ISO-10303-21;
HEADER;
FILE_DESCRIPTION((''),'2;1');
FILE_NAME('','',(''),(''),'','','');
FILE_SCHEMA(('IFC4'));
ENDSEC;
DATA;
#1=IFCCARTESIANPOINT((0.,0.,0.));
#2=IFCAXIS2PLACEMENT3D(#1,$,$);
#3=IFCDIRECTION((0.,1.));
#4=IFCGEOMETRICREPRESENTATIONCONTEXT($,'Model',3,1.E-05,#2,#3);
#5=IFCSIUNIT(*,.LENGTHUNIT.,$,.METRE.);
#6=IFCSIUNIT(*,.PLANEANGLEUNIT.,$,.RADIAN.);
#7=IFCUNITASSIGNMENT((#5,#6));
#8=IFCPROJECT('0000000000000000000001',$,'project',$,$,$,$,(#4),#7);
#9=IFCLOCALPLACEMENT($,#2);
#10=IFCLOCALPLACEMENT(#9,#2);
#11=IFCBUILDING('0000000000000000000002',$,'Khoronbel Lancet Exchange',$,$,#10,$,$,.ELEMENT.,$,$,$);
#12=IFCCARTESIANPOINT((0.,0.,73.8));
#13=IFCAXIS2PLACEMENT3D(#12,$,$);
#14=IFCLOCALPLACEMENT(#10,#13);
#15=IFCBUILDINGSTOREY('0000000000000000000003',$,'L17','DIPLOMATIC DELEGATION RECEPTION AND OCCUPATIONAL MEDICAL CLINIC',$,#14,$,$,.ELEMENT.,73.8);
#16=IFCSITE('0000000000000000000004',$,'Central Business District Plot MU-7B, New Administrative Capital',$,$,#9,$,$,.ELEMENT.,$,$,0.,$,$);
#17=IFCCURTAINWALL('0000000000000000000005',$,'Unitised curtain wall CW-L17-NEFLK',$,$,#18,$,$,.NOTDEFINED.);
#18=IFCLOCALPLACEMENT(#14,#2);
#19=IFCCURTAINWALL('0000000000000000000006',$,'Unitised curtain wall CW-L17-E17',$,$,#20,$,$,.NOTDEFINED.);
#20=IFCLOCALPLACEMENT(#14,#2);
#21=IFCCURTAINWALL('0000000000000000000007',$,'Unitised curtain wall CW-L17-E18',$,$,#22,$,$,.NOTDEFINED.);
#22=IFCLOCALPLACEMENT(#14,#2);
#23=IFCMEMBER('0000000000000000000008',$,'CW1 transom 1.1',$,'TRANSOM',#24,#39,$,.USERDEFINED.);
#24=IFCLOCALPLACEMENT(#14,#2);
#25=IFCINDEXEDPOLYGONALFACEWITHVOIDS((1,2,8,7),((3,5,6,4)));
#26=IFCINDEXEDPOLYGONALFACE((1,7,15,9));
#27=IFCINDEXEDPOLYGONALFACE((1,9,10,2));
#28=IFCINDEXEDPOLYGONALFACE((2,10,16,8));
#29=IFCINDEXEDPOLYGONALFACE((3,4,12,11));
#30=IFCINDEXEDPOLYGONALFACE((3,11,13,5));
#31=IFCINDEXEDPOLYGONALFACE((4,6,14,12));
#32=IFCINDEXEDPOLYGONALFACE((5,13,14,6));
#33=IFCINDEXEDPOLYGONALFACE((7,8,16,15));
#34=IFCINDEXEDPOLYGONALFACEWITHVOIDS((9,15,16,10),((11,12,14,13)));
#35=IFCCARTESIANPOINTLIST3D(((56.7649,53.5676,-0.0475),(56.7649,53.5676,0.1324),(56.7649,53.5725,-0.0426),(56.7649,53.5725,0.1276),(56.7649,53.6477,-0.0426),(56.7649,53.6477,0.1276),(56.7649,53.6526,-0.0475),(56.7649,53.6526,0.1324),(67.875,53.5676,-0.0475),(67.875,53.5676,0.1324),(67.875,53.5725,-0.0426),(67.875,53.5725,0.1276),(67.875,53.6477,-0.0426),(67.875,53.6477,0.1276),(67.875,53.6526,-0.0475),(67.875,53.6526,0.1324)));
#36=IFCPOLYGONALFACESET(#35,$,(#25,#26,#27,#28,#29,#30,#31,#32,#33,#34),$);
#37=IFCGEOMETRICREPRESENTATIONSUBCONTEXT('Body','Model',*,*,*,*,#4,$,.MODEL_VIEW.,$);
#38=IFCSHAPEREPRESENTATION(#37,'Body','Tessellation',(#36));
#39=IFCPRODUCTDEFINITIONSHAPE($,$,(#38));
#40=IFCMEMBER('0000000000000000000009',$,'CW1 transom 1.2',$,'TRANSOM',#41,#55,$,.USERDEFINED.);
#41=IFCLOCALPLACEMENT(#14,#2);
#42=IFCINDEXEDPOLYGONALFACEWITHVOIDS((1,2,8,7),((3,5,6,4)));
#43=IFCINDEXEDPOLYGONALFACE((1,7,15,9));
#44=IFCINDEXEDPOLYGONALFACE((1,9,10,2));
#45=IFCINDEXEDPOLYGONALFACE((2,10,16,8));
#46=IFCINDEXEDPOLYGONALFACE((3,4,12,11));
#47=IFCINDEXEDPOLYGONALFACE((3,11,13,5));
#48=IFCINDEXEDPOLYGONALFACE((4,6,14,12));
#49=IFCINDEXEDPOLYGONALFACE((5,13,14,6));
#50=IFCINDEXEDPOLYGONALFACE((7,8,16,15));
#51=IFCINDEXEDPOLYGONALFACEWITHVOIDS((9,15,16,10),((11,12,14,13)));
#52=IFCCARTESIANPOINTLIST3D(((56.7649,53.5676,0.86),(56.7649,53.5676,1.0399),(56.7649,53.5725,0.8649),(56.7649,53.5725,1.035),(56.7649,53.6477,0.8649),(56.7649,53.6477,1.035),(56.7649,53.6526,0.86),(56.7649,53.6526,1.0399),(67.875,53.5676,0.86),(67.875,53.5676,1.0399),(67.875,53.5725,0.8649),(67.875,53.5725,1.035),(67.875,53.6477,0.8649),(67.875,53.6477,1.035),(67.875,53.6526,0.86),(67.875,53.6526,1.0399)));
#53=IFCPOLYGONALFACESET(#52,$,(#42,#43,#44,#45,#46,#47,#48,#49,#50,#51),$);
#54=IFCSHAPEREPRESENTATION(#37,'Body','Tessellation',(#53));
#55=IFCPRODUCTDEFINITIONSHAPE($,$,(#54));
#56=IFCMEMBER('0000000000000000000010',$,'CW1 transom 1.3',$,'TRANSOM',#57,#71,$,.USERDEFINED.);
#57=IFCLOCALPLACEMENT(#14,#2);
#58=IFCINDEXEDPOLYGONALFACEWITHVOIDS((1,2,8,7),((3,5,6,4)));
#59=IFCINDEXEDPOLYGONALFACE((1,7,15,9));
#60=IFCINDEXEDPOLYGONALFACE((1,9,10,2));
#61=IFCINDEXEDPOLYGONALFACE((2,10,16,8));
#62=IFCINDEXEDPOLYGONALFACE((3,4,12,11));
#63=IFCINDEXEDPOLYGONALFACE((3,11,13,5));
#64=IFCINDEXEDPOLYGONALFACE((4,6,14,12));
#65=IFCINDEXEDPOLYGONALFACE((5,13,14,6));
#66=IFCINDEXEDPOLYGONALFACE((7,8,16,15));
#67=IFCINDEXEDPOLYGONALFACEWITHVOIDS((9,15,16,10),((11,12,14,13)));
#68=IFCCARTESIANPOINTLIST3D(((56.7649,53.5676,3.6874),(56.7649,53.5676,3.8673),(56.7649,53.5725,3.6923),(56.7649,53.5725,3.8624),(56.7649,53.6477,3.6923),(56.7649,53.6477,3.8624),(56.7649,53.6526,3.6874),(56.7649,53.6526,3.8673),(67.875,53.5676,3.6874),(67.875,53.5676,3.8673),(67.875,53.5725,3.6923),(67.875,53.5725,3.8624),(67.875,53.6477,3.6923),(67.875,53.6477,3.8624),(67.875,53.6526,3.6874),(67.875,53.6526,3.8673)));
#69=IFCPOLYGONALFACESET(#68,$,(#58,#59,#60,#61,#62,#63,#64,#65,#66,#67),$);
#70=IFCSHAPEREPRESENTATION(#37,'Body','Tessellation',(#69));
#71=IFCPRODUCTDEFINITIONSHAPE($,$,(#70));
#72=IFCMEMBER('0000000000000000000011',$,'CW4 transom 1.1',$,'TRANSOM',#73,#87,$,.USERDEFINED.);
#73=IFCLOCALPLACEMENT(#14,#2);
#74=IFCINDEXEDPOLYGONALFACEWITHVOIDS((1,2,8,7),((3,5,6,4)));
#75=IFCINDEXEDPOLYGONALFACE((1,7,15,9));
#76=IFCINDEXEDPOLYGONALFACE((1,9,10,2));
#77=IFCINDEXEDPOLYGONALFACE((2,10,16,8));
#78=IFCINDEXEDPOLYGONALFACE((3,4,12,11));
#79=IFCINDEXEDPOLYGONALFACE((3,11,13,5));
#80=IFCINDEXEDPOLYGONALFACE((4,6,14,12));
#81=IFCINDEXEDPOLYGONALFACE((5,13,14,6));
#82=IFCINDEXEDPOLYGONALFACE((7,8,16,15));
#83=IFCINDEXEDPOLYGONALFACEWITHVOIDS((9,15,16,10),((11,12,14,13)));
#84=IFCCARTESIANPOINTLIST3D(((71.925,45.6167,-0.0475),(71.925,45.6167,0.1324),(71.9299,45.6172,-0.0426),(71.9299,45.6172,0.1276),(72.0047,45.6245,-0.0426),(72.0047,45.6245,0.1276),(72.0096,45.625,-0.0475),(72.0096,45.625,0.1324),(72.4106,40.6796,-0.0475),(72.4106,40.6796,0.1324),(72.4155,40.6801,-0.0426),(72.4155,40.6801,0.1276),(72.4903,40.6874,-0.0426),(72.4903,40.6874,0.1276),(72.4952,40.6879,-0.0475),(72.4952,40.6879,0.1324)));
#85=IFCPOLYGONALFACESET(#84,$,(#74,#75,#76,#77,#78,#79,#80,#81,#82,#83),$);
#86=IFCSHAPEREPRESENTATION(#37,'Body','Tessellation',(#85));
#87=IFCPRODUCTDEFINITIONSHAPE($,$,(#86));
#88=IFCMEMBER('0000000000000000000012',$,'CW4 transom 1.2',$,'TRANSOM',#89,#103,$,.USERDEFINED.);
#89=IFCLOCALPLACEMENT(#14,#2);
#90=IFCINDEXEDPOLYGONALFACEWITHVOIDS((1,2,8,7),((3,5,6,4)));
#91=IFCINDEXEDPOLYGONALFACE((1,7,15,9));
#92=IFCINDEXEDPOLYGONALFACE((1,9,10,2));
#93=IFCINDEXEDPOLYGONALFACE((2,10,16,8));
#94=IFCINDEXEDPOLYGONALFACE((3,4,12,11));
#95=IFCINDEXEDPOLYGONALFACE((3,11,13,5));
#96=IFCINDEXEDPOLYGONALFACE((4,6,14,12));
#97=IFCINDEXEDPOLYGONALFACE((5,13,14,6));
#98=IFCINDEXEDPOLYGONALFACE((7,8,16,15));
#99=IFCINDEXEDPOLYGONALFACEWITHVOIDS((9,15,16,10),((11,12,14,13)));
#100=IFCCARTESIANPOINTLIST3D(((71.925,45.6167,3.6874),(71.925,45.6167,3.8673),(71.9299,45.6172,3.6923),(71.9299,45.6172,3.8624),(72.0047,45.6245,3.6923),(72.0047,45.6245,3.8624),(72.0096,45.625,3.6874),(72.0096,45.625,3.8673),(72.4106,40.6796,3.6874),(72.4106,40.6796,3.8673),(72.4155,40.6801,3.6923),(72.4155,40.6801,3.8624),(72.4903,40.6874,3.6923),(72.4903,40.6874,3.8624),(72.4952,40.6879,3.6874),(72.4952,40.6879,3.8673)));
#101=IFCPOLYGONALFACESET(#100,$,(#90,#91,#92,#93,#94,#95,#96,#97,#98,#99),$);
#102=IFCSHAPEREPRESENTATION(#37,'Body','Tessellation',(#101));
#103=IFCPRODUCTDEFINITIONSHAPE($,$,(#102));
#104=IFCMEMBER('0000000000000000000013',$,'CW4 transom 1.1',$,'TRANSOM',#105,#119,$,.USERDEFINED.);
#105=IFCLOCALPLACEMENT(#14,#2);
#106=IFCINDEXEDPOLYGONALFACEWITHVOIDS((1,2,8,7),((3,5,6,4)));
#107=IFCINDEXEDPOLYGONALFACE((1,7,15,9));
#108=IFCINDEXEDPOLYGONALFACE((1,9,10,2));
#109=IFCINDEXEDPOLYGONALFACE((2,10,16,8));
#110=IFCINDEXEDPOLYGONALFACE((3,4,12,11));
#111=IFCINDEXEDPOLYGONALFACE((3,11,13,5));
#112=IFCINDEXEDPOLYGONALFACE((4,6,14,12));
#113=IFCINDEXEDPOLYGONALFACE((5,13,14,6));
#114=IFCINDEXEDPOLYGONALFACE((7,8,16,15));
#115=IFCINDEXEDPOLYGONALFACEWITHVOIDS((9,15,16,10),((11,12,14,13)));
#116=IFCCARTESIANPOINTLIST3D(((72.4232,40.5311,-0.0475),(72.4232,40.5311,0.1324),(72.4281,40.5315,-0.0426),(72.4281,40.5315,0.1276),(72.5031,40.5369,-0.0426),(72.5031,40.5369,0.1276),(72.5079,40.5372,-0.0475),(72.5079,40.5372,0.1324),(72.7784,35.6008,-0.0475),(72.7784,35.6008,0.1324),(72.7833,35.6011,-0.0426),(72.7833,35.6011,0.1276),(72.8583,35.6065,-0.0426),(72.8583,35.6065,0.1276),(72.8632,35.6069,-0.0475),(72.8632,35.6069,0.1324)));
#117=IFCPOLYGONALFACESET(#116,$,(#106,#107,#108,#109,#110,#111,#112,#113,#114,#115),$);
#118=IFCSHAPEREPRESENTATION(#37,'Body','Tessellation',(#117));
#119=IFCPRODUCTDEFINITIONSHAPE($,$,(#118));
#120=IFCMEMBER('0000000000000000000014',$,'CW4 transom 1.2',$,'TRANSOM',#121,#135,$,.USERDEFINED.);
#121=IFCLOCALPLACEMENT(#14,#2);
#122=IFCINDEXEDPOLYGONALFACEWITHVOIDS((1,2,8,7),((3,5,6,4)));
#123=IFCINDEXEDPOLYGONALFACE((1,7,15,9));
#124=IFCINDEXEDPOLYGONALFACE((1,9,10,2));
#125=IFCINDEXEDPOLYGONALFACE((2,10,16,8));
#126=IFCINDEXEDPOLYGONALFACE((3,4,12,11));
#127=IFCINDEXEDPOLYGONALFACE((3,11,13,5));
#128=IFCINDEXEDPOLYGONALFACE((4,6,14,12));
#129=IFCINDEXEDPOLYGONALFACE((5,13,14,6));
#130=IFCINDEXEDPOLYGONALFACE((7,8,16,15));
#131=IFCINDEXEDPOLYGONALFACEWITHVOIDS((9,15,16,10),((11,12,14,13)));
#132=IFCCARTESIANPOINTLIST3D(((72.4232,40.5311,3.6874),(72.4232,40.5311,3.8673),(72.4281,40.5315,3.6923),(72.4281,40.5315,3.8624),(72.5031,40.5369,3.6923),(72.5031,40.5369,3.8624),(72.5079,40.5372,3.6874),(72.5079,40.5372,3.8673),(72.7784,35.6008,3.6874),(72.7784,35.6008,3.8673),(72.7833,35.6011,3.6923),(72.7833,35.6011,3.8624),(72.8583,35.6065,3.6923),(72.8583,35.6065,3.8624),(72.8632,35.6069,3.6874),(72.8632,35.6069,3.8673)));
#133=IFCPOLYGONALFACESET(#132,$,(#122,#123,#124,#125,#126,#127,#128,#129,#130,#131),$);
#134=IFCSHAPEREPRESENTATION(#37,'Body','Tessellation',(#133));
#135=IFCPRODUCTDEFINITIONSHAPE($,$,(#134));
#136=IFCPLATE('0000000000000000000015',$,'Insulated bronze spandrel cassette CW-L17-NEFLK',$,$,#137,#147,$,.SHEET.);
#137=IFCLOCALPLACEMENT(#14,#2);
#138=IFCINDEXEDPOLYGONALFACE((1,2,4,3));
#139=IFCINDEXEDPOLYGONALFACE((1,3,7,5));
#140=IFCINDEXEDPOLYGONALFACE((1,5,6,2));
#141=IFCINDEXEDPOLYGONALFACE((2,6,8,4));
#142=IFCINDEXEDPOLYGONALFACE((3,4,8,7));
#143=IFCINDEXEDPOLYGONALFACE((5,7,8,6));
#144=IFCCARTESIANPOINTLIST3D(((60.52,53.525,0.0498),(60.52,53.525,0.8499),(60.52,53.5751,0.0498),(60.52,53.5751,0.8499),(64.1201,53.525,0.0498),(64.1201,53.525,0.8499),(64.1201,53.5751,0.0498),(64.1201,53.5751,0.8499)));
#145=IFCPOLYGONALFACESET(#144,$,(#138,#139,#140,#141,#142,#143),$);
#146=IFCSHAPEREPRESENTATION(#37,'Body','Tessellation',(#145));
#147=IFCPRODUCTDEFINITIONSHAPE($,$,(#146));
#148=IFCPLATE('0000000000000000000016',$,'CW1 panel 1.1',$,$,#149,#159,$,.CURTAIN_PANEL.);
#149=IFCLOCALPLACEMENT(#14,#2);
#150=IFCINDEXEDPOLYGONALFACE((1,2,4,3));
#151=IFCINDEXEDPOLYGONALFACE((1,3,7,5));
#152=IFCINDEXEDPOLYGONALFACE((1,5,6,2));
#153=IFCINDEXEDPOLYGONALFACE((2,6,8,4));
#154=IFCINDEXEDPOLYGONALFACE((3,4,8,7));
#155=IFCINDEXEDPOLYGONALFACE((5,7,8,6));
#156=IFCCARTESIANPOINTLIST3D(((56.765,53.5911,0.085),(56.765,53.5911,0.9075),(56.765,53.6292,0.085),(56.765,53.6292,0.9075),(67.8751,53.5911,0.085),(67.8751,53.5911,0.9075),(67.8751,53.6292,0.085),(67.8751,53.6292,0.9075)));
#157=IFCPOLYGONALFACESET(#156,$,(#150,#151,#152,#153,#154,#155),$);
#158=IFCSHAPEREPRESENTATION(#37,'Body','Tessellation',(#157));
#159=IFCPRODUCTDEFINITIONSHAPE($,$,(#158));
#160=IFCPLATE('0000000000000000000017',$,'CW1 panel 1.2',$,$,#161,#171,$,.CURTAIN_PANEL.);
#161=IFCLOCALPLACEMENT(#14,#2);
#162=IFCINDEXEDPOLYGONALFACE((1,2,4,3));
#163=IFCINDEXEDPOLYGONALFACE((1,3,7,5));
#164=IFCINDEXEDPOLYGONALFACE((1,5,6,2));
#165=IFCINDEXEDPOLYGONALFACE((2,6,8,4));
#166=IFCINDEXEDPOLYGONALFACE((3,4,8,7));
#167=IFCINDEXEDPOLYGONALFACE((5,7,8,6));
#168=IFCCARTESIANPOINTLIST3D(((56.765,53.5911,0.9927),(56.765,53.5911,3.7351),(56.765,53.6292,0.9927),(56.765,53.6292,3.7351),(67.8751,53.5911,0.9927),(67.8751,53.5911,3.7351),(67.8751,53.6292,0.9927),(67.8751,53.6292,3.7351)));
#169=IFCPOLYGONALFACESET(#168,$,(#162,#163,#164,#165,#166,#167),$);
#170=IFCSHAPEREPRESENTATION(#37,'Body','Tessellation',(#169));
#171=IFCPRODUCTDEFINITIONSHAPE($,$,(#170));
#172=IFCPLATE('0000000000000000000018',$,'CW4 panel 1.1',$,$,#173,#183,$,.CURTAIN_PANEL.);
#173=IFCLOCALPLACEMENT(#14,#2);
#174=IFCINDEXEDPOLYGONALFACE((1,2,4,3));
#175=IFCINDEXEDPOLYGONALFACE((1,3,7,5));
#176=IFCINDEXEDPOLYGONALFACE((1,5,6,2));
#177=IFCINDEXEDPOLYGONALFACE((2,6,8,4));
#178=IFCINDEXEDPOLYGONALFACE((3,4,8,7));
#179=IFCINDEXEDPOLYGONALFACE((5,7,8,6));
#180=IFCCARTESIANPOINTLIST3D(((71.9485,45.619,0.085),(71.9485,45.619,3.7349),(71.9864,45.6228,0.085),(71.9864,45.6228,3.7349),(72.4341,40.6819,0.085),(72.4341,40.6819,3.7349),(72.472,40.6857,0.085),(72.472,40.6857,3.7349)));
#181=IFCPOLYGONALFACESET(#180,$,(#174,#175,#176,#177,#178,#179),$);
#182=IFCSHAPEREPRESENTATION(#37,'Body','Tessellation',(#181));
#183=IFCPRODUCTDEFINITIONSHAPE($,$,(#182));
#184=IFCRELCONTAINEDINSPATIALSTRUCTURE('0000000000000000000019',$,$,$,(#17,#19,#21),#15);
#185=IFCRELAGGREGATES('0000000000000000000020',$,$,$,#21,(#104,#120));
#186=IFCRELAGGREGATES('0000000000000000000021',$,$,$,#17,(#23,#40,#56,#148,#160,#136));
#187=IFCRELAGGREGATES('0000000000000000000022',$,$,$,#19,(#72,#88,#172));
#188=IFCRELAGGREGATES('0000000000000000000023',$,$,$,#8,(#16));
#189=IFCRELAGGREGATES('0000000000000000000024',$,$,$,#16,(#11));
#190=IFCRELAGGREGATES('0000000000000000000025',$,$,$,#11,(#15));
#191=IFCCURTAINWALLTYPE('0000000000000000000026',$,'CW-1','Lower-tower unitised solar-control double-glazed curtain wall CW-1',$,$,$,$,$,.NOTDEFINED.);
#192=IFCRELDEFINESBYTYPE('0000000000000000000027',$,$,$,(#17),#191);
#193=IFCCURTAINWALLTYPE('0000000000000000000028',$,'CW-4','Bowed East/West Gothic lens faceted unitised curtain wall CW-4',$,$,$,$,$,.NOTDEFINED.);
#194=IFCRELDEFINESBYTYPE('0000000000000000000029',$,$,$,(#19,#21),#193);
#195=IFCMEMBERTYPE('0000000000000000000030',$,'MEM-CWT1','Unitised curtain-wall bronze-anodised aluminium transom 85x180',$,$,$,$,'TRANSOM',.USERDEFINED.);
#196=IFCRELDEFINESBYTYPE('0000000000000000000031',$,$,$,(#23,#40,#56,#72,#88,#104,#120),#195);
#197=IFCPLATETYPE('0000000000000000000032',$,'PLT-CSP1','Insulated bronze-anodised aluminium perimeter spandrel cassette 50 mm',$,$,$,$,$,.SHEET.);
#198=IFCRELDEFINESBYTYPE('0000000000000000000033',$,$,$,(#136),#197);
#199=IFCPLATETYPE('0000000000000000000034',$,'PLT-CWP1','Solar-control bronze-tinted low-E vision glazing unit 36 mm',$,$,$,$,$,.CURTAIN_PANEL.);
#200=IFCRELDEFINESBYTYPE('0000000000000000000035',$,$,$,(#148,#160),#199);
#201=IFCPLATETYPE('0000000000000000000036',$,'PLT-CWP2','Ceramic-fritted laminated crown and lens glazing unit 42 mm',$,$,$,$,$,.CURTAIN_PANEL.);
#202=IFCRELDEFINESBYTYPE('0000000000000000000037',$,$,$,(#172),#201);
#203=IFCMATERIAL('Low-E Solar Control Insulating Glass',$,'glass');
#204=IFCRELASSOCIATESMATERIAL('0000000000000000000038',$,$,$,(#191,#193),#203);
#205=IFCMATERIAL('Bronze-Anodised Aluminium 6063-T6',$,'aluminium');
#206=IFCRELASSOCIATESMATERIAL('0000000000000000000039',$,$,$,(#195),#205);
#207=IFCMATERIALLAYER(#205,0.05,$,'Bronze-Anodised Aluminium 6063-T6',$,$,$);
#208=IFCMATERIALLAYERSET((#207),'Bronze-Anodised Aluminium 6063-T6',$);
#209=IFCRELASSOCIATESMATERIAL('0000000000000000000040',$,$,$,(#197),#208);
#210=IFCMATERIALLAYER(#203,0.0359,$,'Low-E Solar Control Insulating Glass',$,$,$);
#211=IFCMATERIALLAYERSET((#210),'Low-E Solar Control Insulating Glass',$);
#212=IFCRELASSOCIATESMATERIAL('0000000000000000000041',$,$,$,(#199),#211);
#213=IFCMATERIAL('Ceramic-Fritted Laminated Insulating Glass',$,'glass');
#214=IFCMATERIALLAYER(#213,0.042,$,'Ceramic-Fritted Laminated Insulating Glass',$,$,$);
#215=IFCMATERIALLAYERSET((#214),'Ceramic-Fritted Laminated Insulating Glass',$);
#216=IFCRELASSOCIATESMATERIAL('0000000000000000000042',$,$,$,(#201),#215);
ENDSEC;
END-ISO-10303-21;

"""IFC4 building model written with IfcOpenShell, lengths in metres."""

from ifc_helpers import new_model, si_unit, direction, frame, origin, origin_2d, place, context, subcontext, project, spatial, rectangle, hollow_rectangle, extrude, material, layer, layer_set, material_profile, profile_set, type_object, element, aggregate, save


model = new_model("IFC4")

# Units and contexts
model_context = context("Model", 3, precision=1e-05, world=origin(), true_north=direction((0.0, 1.0)))
body_context = subcontext(model_context, "Body", "Model", "MODEL_VIEW")
ifc_project = project(units=[si_unit("LENGTHUNIT", "METRE"), si_unit("PLANEANGLEUNIT", "RADIAN")], contexts=[model_context])

# Site, building, storey
site_placement = place(None, origin())
site = spatial("IfcSite", under=ifc_project, at=site_placement, Name="Central Business District Plot MU-7B, New Administrative Capital", CompositionType="ELEMENT", RefElevation=0.0)
building_placement = place(site_placement, origin())
building = spatial("IfcBuilding", under=site, at=building_placement, Name="Khoronbel Lancet Exchange", CompositionType="ELEMENT")
storey_placement = place(building_placement, frame((0.0, 0.0, 73.8)))
storey = spatial("IfcBuildingStorey", under=building, at=storey_placement, Name="L17", Description="DIPLOMATIC DELEGATION RECEPTION AND OCCUPATIONAL MEDICAL CLINIC", CompositionType="ELEMENT", Elevation=73.8)

# Curtain walls
ifc_material_1 = material(Name="Low-E Solar Control Insulating Glass", Category="glass")
curtain_wall_type_1 = type_object("IfcCurtainWallType", Name="CW-1", Description="Lower-tower unitised solar-control double-glazed curtain wall CW-1", PredefinedType="NOTDEFINED", material=ifc_material_1)
curtain_wall_1_placement = place(storey_placement, origin())
curtain_wall_1 = element("IfcCurtainWall", 1, at=curtain_wall_1_placement, inside=storey, type_object=curtain_wall_type_1, Name="Unitised curtain wall CW-L17-NEFLK", PredefinedType="NOTDEFINED")
ifc_material_2 = material(Name="Bronze-Anodised Aluminium 6063-T6", Category="aluminium")
curtain_wall_type_2 = type_object("IfcCurtainWallType", Name="CW-4", Description="Bowed East/West Gothic lens faceted unitised curtain wall CW-4", PredefinedType="NOTDEFINED", material=ifc_material_1)
curtain_wall_2_placement = place(storey_placement, origin())
curtain_wall_2 = element("IfcCurtainWall", 2, at=curtain_wall_2_placement, inside=storey, type_object=curtain_wall_type_2, Name="Unitised curtain wall CW-L17-E17", PredefinedType="NOTDEFINED")

# Curtain wall
curtain_wall_3_placement = place(storey_placement, origin())
curtain_wall_3 = element("IfcCurtainWall", 3, at=curtain_wall_3_placement, inside=storey, type_object=curtain_wall_type_2, Name="Unitised curtain wall CW-L17-E18", PredefinedType="NOTDEFINED")

# Members
ifc_material_profile_1 = material_profile(ifc_material_2, hollow_rectangle(XDim=0.085, YDim=0.1799, WallThickness=0.0049, at=origin_2d()), Name="ALU TRANSOM 85x180")
ifc_profile_set_1 = profile_set([ifc_material_profile_1], Name="Bronze-Anodised Aluminium 6063-T6")
member_type_1 = type_object("IfcMemberType", Name="MEM-CWT1", Description="Unitised curtain-wall bronze-anodised aluminium transom 85x180", ElementType="TRANSOM", PredefinedType="USERDEFINED", material=ifc_profile_set_1)
member_1_placement = place(storey_placement, frame((67.875, 53.6101, 0.0425), z_axis=(-1.0, 0.0, 0.0), x_axis=(0.0, -1.0, 0.0)))
member_1 = element("IfcMember", 4, at=member_1_placement, type_object=member_type_1, Name="CW1 transom 1.1", ObjectType="TRANSOM", PredefinedType="USERDEFINED", context=body_context, shape_type="SweptSolid", body=[
    extrude(hollow_rectangle(XDim=0.085, YDim=0.1799, WallThickness=0.0049, at=origin_2d()), origin(), (0.0, 0.0, 1.0), 11.1101),
])
member_2_placement = place(storey_placement, frame((67.875, 53.6101, 0.95), z_axis=(-1.0, 0.0, 0.0), x_axis=(0.0, -1.0, 0.0)))
member_2 = element("IfcMember", 5, at=member_2_placement, type_object=member_type_1, Name="CW1 transom 1.2", ObjectType="TRANSOM", PredefinedType="USERDEFINED", context=body_context, shape_type="SweptSolid", body=[
    extrude(hollow_rectangle(XDim=0.085, YDim=0.1799, WallThickness=0.0049, at=origin_2d()), origin(), (0.0, 0.0, 1.0), 11.1101),
])
member_3_placement = place(storey_placement, frame((67.875, 53.6101, 3.7773), z_axis=(-1.0, 0.0, 0.0), x_axis=(0.0, -1.0, 0.0)))
member_3 = element("IfcMember", 6, at=member_3_placement, type_object=member_type_1, Name="CW1 transom 1.3", ObjectType="TRANSOM", PredefinedType="USERDEFINED", context=body_context, shape_type="SweptSolid", body=[
    extrude(hollow_rectangle(XDim=0.085, YDim=0.1799, WallThickness=0.0049, at=origin_2d()), origin(), (0.0, 0.0, 1.0), 11.1101),
])
member_4_placement = place(storey_placement, frame((71.9673, 45.6208, 0.0425), z_axis=(0.097886, -0.995198, 0.0), x_axis=(0.995198, 0.097886, 0.0)))
member_4 = element("IfcMember", 7, at=member_4_placement, type_object=member_type_1, Name="CW4 transom 1.1", ObjectType="TRANSOM", PredefinedType="USERDEFINED", context=body_context, shape_type="SweptSolid", body=[
    extrude(hollow_rectangle(XDim=0.085, YDim=0.1799, WallThickness=0.0049, at=origin_2d()), origin(), (0.0, 0.0, 1.0), 4.9609),
])
member_5_placement = place(storey_placement, frame((71.9673, 45.6208, 3.7773), z_axis=(0.097886, -0.995198, 0.0), x_axis=(0.995198, 0.097886, 0.0)))
member_5 = element("IfcMember", 8, at=member_5_placement, type_object=member_type_1, Name="CW4 transom 1.2", ObjectType="TRANSOM", PredefinedType="USERDEFINED", context=body_context, shape_type="SweptSolid", body=[
    extrude(hollow_rectangle(XDim=0.085, YDim=0.1799, WallThickness=0.0049, at=origin_2d()), origin(), (0.0, 0.0, 1.0), 4.9609),
])
member_6_placement = place(storey_placement, frame((72.4656, 40.5342, 0.0425), z_axis=(0.071861, -0.997415, 0.0), x_axis=(0.997415, 0.071861, 0.0)))
member_6 = element("IfcMember", 9, at=member_6_placement, type_object=member_type_1, Name="CW4 transom 1.1", ObjectType="TRANSOM", PredefinedType="USERDEFINED", context=body_context, shape_type="SweptSolid", body=[
    extrude(hollow_rectangle(XDim=0.085, YDim=0.1799, WallThickness=0.0049, at=origin_2d()), origin(), (0.0, 0.0, 1.0), 4.9431),
])
member_7_placement = place(storey_placement, frame((72.4656, 40.5342, 3.7773), z_axis=(0.071861, -0.997415, 0.0), x_axis=(0.997415, 0.071861, 0.0)))
member_7 = element("IfcMember", 10, at=member_7_placement, type_object=member_type_1, Name="CW4 transom 1.2", ObjectType="TRANSOM", PredefinedType="USERDEFINED", context=body_context, shape_type="SweptSolid", body=[
    extrude(hollow_rectangle(XDim=0.085, YDim=0.1799, WallThickness=0.0049, at=origin_2d()), origin(), (0.0, 0.0, 1.0), 4.9431),
])
aggregate(curtain_wall_3, [member_6, member_7])

# Plates
ifc_layer_1 = layer(ifc_material_2, 0.05, Name="Bronze-Anodised Aluminium 6063-T6")
ifc_layer_set_1 = layer_set([ifc_layer_1], Name="Bronze-Anodised Aluminium 6063-T6")
plate_type_1 = type_object("IfcPlateType", Name="PLT-CSP1", Description="Insulated bronze-anodised aluminium perimeter spandrel cassette 50 mm", PredefinedType="SHEET", material=ifc_layer_set_1)
plate_1_placement = place(storey_placement, frame((62.3201, 53.55, 0.0498), z_axis=(0.0, 0.0, 1.0), x_axis=(-1.0, 0.0, 0.0)))
plate_1 = element("IfcPlate", 11, at=plate_1_placement, type_object=plate_type_1, Name="Insulated bronze spandrel cassette CW-L17-NEFLK", PredefinedType="SHEET", context=body_context, shape_type="SweptSolid", body=[
    extrude(rectangle(XDim=3.6001, YDim=0.05, at=origin_2d()), origin(), (0.0, 0.0, 1.0), 0.8),
])
ifc_layer_2 = layer(ifc_material_1, 0.0359, Name="Low-E Solar Control Insulating Glass")
ifc_layer_set_2 = layer_set([ifc_layer_2], Name="Low-E Solar Control Insulating Glass")
plate_type_2 = type_object("IfcPlateType", Name="PLT-CWP1", Description="Solar-control bronze-tinted low-E vision glazing unit 36 mm", PredefinedType="CURTAIN_PANEL", material=ifc_layer_set_2)
plate_2_placement = place(storey_placement, frame((62.3201, 53.6101, 0.085), z_axis=(0.0, 0.0, 1.0), x_axis=(-1.0, 0.0, 0.0)))
plate_2 = element("IfcPlate", 12, at=plate_2_placement, type_object=plate_type_2, Name="CW1 panel 1.1", PredefinedType="CURTAIN_PANEL", context=body_context, shape_type="SweptSolid", body=[
    extrude(rectangle(XDim=11.1101, YDim=0.0381, at=origin_2d()), origin(), (0.0, 0.0, 1.0), 0.8225),
])
plate_3_placement = place(storey_placement, frame((62.3201, 53.6101, 0.9927), z_axis=(0.0, 0.0, 1.0), x_axis=(-1.0, 0.0, 0.0)))
plate_3 = element("IfcPlate", 13, at=plate_3_placement, type_object=plate_type_2, Name="CW1 panel 1.2", PredefinedType="CURTAIN_PANEL", context=body_context, shape_type="SweptSolid", body=[
    extrude(rectangle(XDim=11.1101, YDim=0.0381, at=origin_2d()), origin(), (0.0, 0.0, 1.0), 2.7424),
])
aggregate(curtain_wall_1, [member_1, member_2, member_3, plate_2, plate_3, plate_1])
ifc_material_3 = material(Name="Ceramic-Fritted Laminated Insulating Glass", Category="glass")
ifc_layer_3 = layer(ifc_material_3, 0.042, Name="Ceramic-Fritted Laminated Insulating Glass")
ifc_layer_set_3 = layer_set([ifc_layer_3], Name="Ceramic-Fritted Laminated Insulating Glass")
plate_type_3 = type_object("IfcPlateType", Name="PLT-CWP2", Description="Ceramic-fritted laminated crown and lens glazing unit 42 mm", PredefinedType="CURTAIN_PANEL", material=ifc_layer_set_3)
plate_4_placement = place(storey_placement, frame((72.2102, 43.1523, 0.085), z_axis=(0.0, 0.0, 1.0), x_axis=(0.097886, -0.995198, 0.0)))
plate_4 = element("IfcPlate", 14, at=plate_4_placement, type_object=plate_type_3, Name="CW4 panel 1.1", PredefinedType="CURTAIN_PANEL", context=body_context, shape_type="SweptSolid", body=[
    extrude(rectangle(XDim=4.9609, YDim=0.0381, at=origin_2d()), origin(), (0.0, 0.0, 1.0), 3.6499),
])
aggregate(curtain_wall_2, [member_4, member_5, plate_4])

save(model, "model.ifc")
